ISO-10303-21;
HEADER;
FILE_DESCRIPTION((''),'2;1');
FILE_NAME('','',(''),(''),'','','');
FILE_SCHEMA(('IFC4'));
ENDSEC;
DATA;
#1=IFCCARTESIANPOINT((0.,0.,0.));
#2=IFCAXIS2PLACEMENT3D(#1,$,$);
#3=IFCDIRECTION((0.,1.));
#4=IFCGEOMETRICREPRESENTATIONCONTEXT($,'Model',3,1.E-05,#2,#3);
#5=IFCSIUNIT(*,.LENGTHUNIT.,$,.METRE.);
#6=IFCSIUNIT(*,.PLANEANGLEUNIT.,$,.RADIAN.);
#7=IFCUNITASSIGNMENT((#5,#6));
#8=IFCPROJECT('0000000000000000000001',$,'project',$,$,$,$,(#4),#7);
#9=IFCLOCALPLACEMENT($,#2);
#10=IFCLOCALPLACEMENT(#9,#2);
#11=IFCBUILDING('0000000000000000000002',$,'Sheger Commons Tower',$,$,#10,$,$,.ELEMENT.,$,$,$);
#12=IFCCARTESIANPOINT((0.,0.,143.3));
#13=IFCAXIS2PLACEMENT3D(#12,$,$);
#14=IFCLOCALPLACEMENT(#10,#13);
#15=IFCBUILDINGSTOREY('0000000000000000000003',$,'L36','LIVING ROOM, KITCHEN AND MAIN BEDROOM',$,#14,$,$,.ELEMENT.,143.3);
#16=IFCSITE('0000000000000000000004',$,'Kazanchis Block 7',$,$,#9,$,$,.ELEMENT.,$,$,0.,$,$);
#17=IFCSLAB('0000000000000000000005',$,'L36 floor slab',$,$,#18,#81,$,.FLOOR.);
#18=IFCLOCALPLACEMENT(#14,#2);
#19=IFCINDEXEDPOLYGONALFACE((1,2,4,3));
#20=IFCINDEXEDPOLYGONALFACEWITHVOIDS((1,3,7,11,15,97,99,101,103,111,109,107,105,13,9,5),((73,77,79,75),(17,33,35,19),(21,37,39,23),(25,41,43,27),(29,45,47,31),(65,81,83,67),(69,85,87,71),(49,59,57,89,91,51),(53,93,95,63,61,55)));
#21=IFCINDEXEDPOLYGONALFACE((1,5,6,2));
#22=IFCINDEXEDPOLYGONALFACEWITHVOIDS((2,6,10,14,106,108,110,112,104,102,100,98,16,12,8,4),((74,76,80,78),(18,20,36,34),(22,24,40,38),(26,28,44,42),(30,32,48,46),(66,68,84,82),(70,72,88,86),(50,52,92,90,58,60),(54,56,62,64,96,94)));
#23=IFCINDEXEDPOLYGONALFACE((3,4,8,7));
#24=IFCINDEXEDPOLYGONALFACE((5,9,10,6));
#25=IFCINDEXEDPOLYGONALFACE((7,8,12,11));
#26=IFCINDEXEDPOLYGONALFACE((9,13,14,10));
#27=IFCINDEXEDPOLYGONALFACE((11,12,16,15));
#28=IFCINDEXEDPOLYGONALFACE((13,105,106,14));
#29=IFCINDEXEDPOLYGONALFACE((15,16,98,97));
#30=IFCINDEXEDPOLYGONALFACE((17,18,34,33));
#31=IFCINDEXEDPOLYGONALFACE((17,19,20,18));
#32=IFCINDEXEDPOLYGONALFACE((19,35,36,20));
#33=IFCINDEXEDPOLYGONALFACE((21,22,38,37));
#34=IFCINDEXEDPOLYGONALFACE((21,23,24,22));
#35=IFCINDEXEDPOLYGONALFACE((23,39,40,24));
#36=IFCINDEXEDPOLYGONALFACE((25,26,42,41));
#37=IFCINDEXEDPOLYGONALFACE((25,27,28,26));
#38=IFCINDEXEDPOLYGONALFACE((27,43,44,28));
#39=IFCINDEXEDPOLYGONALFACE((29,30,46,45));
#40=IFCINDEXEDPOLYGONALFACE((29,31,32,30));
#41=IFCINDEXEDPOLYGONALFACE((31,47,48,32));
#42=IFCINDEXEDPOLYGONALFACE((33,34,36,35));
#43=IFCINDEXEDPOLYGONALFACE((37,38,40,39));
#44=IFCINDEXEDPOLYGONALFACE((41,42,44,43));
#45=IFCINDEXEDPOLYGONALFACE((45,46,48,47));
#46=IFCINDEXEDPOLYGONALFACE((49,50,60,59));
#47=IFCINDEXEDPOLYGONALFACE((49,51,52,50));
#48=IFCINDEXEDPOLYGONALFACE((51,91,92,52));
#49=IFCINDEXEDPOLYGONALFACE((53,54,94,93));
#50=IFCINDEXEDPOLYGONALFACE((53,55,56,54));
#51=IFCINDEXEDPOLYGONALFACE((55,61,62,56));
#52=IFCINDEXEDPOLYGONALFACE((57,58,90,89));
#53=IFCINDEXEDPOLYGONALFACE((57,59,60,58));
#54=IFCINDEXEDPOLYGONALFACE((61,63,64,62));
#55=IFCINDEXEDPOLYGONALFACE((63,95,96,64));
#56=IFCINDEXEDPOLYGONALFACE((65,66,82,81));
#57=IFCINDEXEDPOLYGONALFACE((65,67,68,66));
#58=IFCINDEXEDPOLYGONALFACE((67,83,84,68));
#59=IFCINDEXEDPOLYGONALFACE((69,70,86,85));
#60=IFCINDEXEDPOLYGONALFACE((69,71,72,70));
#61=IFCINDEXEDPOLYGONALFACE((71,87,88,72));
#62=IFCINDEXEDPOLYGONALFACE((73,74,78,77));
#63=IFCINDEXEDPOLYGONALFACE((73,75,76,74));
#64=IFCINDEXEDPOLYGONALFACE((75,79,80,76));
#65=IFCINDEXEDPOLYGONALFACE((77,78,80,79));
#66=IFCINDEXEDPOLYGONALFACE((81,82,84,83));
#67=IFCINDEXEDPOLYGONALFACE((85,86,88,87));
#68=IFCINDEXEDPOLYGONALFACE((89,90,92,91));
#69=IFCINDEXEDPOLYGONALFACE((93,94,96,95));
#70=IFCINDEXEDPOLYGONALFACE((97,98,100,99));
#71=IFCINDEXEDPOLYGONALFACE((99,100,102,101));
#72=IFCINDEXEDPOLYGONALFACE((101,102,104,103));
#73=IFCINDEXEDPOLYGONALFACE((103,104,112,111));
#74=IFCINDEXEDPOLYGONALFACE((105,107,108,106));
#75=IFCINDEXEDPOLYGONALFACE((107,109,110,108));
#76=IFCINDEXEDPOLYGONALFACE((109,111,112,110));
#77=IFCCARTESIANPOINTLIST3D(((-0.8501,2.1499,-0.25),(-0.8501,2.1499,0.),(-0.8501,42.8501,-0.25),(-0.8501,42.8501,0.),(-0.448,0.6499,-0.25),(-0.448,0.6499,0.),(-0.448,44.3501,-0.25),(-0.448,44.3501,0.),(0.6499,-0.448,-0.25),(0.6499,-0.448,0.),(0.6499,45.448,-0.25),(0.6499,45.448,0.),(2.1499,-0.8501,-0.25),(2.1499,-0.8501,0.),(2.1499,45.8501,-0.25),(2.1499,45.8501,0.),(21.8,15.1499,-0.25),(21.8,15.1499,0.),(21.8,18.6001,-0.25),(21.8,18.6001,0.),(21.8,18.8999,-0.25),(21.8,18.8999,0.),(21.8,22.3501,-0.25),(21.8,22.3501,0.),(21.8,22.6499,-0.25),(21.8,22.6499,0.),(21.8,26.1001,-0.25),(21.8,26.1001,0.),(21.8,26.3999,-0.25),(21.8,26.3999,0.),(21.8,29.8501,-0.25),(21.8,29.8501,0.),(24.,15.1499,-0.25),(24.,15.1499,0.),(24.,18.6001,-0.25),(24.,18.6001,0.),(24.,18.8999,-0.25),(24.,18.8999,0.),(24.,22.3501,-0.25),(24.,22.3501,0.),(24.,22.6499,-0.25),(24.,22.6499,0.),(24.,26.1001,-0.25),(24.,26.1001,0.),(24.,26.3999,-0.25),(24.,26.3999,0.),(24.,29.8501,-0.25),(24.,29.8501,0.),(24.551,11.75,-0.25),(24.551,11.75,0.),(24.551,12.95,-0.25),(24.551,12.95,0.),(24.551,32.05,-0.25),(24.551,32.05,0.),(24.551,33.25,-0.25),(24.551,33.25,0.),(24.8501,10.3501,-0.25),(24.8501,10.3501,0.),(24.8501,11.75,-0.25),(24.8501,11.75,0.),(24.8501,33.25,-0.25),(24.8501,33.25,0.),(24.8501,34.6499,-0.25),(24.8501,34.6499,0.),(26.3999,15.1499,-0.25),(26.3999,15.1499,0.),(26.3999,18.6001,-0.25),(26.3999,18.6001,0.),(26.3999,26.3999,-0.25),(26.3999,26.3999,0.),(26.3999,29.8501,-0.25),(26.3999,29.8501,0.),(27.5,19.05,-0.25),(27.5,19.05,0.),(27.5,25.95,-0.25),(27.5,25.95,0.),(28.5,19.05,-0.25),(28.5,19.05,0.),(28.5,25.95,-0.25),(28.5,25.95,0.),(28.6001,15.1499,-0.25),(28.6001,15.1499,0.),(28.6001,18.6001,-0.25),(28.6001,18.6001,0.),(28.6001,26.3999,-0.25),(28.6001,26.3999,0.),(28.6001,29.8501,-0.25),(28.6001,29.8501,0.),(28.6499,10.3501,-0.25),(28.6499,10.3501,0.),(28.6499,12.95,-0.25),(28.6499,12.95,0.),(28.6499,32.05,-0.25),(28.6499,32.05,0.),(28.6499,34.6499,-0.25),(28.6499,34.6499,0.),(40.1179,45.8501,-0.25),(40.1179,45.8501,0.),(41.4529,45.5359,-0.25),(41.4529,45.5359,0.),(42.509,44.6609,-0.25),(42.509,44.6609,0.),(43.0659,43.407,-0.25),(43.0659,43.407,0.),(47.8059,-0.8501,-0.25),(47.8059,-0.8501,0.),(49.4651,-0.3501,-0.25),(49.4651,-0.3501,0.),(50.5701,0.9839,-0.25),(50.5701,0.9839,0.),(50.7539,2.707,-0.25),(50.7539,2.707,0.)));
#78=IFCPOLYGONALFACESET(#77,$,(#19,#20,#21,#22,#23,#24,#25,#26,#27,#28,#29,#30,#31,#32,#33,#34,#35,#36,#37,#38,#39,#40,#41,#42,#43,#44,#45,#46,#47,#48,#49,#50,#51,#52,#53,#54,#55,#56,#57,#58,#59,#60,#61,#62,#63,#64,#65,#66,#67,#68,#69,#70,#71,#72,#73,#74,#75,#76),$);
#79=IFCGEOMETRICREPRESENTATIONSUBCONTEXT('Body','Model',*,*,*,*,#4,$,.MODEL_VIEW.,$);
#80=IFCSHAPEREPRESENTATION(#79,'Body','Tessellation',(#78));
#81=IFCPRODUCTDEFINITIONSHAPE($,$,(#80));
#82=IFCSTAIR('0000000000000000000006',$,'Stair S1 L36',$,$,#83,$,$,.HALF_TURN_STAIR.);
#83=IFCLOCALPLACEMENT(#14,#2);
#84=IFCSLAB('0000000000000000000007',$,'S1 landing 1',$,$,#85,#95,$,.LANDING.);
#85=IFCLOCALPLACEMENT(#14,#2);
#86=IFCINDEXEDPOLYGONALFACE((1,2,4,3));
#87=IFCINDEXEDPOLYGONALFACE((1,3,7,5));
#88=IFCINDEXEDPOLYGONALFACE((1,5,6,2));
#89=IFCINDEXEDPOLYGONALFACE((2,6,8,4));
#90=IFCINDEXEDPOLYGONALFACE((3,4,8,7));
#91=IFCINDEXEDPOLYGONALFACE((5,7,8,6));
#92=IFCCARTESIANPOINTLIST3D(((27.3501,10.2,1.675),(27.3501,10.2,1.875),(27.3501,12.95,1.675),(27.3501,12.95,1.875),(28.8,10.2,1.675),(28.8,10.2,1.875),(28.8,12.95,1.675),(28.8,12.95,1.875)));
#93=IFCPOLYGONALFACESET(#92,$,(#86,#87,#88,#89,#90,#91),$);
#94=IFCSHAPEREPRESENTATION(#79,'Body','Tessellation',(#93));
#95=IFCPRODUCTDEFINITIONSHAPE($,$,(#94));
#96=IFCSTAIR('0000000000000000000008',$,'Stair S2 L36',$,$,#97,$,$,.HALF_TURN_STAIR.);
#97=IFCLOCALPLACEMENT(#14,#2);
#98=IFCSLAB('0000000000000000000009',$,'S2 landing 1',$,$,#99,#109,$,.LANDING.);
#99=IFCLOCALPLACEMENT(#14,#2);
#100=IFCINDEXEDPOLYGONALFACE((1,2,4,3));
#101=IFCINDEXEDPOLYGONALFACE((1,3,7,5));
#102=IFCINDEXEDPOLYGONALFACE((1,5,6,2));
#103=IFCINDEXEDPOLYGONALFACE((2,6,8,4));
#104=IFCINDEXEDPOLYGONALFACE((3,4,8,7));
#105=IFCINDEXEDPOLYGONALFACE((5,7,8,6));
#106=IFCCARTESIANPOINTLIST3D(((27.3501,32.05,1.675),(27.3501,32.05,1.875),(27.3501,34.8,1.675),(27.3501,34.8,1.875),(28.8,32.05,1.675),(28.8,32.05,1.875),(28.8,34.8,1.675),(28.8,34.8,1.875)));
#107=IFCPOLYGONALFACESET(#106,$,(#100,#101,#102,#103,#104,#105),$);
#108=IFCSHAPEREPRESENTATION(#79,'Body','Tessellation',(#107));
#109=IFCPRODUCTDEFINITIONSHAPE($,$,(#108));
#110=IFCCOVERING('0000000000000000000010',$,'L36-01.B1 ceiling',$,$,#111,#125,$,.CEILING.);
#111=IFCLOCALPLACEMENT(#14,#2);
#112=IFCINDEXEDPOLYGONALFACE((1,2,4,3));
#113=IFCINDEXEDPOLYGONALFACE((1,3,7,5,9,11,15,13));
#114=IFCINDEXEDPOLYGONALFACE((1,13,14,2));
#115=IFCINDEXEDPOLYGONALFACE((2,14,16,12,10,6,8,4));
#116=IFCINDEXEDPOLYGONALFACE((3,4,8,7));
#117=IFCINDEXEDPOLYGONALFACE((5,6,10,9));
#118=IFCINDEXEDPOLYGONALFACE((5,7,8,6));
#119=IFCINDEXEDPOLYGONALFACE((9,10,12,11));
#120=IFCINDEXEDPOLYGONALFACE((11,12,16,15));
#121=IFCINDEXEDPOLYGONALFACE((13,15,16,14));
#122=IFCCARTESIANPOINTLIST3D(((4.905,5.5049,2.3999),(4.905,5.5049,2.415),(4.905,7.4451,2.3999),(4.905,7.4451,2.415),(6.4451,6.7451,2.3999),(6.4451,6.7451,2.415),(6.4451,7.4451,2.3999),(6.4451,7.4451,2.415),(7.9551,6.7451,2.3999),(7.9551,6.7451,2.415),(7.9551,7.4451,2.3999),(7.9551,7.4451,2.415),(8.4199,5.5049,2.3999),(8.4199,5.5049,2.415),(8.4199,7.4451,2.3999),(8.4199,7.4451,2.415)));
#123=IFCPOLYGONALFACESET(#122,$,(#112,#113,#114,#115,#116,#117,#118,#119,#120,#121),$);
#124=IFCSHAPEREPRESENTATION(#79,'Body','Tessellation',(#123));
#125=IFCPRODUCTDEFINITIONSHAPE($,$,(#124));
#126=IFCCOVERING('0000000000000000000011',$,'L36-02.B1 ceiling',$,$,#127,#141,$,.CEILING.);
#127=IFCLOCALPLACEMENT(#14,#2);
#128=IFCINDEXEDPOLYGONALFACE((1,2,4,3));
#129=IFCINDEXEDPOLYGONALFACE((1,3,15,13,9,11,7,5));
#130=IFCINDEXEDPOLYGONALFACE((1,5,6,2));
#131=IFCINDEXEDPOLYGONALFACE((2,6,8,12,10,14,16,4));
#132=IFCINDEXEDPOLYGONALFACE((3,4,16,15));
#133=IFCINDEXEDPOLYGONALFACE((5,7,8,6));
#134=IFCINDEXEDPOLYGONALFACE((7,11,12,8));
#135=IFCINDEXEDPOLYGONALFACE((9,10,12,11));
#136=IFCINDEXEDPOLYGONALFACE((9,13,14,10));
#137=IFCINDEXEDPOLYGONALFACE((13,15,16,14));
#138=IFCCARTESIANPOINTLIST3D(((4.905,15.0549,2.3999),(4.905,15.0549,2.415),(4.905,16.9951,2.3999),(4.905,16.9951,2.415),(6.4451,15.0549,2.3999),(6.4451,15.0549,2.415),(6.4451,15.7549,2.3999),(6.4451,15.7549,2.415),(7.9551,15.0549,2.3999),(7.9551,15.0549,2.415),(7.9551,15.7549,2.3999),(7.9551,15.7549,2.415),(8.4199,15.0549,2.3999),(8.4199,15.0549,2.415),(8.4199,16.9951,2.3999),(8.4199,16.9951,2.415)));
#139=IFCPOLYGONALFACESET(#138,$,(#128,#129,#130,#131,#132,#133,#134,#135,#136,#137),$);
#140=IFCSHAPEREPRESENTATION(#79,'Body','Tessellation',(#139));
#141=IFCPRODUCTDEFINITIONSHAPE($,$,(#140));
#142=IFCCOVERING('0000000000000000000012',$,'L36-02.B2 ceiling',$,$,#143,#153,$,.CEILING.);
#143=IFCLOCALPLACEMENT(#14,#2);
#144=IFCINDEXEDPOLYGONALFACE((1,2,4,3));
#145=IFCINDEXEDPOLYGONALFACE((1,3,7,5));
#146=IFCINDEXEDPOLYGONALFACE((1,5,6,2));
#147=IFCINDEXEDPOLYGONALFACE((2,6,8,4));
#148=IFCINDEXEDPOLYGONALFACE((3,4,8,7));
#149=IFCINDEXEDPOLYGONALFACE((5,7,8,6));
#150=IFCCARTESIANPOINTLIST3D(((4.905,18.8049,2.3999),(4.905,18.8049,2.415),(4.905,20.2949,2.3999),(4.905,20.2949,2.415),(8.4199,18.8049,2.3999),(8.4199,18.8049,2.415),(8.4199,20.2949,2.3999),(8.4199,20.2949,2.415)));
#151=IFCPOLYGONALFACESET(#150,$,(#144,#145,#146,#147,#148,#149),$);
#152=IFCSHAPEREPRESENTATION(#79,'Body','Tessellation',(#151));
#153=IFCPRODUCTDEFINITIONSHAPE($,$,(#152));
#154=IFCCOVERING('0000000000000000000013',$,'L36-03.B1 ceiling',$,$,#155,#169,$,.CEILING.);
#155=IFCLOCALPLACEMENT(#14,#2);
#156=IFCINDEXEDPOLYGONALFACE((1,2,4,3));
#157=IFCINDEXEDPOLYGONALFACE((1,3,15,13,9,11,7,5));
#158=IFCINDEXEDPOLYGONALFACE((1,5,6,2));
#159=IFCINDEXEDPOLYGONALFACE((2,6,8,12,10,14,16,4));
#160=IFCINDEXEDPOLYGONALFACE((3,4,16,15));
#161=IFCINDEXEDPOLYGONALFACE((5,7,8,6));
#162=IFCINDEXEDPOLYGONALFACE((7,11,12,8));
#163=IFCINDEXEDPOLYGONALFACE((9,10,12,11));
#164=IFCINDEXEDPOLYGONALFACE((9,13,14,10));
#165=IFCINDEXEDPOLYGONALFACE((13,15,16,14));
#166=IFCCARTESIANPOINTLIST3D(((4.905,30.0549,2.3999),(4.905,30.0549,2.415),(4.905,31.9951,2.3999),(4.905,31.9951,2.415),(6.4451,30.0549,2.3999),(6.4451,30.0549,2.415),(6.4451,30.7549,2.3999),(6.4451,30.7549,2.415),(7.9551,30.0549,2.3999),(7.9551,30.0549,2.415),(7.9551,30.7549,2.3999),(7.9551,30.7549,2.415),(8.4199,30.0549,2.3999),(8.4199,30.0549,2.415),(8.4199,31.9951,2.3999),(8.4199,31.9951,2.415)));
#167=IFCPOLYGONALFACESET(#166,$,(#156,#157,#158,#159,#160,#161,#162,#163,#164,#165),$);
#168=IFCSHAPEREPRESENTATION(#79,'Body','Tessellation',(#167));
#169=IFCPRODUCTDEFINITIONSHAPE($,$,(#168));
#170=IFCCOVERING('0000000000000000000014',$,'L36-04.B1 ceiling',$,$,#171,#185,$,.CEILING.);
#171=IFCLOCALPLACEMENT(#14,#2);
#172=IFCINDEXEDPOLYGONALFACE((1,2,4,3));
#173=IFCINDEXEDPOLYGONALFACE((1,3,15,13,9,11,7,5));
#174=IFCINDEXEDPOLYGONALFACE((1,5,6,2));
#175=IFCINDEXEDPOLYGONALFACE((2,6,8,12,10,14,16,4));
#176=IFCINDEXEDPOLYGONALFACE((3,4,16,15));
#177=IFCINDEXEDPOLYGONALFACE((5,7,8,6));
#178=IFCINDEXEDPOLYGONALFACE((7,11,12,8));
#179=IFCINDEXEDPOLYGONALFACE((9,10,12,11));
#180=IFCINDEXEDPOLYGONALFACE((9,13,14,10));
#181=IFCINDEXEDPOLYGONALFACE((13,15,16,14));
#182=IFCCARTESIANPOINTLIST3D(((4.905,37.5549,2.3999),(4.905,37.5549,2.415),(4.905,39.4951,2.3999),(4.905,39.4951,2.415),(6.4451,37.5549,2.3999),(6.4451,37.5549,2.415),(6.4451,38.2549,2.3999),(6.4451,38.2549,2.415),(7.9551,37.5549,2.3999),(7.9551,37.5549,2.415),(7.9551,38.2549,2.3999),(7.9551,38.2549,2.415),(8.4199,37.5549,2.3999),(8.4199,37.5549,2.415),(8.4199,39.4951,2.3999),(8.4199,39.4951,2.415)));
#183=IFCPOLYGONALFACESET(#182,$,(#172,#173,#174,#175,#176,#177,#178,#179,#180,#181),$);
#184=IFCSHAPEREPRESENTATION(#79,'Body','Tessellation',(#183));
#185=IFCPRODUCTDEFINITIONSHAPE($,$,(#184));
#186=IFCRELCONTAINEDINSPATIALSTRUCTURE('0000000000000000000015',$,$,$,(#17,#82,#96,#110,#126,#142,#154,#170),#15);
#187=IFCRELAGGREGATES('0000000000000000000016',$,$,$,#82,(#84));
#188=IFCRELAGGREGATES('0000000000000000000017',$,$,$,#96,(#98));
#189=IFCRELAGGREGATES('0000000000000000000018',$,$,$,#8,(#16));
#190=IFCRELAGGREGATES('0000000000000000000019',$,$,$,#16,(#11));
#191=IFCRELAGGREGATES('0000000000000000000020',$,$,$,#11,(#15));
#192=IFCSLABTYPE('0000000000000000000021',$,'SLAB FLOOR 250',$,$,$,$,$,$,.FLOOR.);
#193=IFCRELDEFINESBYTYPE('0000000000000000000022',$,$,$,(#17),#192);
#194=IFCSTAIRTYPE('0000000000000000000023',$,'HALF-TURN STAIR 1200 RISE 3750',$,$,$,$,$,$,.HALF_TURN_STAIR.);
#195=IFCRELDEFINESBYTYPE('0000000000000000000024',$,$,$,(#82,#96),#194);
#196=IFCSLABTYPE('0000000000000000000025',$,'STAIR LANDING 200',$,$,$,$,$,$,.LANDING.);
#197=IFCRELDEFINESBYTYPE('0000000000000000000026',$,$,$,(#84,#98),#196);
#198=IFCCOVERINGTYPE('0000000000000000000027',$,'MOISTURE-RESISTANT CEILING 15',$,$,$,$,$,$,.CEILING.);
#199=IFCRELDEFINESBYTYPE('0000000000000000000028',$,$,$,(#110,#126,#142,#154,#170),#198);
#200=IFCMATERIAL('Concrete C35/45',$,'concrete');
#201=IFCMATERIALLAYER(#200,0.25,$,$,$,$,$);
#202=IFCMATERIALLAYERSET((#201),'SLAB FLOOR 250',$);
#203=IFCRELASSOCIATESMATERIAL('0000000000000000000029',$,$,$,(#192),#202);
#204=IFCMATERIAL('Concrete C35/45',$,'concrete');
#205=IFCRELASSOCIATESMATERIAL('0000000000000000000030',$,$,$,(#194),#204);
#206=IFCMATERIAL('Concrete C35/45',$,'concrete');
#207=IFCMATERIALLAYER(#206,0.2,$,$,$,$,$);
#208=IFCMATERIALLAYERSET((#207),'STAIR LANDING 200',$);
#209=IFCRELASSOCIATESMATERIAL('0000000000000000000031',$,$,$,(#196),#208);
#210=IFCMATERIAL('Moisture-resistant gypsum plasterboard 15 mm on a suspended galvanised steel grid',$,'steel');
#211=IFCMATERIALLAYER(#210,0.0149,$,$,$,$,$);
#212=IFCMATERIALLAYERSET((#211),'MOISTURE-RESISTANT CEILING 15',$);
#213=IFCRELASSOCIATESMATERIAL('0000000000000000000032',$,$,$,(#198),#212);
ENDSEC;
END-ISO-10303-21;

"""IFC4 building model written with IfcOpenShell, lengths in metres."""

from ifc_helpers import new_model, si_unit, direction, frame, origin, place, context, subcontext, project, spatial, polyline, outline, extrude, material, layer, layer_set, type_object, element, aggregate, save


model = new_model("IFC4")

# Units and contexts
model_context = context("Model", 3, precision=1e-05, world=origin(), true_north=direction((0.0, 1.0)))
body_context = subcontext(model_context, "Body", "Model", "MODEL_VIEW")
ifc_project = project(units=[si_unit("LENGTHUNIT", "METRE"), si_unit("PLANEANGLEUNIT", "RADIAN")], contexts=[model_context])

# Site, building, storey
site_placement = place(None, origin())
site = spatial("IfcSite", under=ifc_project, at=site_placement, Name="Kazanchis Block 7", CompositionType="ELEMENT", RefElevation=0.0)
building_placement = place(site_placement, origin())
building = spatial("IfcBuilding", under=site, at=building_placement, Name="Sheger Commons Tower", CompositionType="ELEMENT")
storey_placement = place(building_placement, frame((0.0, 0.0, 143.3)))
storey = spatial("IfcBuildingStorey", under=building, at=storey_placement, Name="L36", Description="LIVING ROOM, KITCHEN AND MAIN BEDROOM", CompositionType="ELEMENT", Elevation=143.3)

# Slab
ifc_material_1 = material(Name="Concrete C35/45", Category="concrete")
ifc_layer_1 = layer(ifc_material_1, 0.25)
ifc_layer_set_1 = layer_set([ifc_layer_1], Name="SLAB FLOOR 250")
slab_type_1 = type_object("IfcSlabType", Name="SLAB FLOOR 250", PredefinedType="FLOOR", material=ifc_layer_set_1)
slab_1_placement = place(storey_placement, frame((0.0, 0.0, -0.25)))
element("IfcSlab", 1, at=slab_1_placement, inside=storey, type_object=slab_type_1, Name="L36 floor slab", PredefinedType="FLOOR", context=body_context, shape_type="SweptSolid", body=[
    extrude(outline(polyline([(-0.8501, 2.1499), (-0.448, 0.6499), (0.6499, -0.448), (2.1499, -0.8501), (47.8059, -0.8501), (49.4651, -0.3501), (50.5701, 0.9839), (50.7539, 2.707), (43.0659, 43.407), (42.509, 44.6609), (41.4529, 45.5359), (40.1179, 45.8501), (2.1499, 45.8501), (0.6499, 45.448), (-0.448, 44.3501), (-0.8501, 42.8501), (-0.8501, 2.1499)]), holes=[polyline([(24.8501, 10.3501), (28.6499, 10.3501), (28.6499, 12.95), (24.551, 12.95), (24.551, 11.75), (24.8501, 11.75), (24.8501, 10.3501)]), polyline([(24.551, 32.05), (28.6499, 32.05), (28.6499, 34.6499), (24.8501, 34.6499), (24.8501, 33.25), (24.551, 33.25), (24.551, 32.05)]), polyline([(26.3999, 15.1499), (28.6001, 15.1499), (28.6001, 18.6001), (26.3999, 18.6001), (26.3999, 15.1499)]), polyline([(26.3999, 26.3999), (28.6001, 26.3999), (28.6001, 29.8501), (26.3999, 29.8501), (26.3999, 26.3999)]), polyline([(21.8, 15.1499), (24.0, 15.1499), (24.0, 18.6001), (21.8, 18.6001), (21.8, 15.1499)]), polyline([(21.8, 18.8999), (24.0, 18.8999), (24.0, 22.3501), (21.8, 22.3501), (21.8, 18.8999)]), polyline([(21.8, 22.6499), (24.0, 22.6499), (24.0, 26.1001), (21.8, 26.1001), (21.8, 22.6499)]), polyline([(21.8, 26.3999), (24.0, 26.3999), (24.0, 29.8501), (21.8, 29.8501), (21.8, 26.3999)]), polyline([(27.5, 19.05), (28.5, 19.05), (28.5, 25.95), (27.5, 25.95), (27.5, 19.05)])]), origin(), (0.0, 0.0, 1.0), 0.25),
])

# Stairs, slabs
ifc_material_2 = material(Name="Concrete C35/45", Category="concrete")
stair_type = type_object("IfcStairType", Name="HALF-TURN STAIR 1200 RISE 3750", PredefinedType="HALF_TURN_STAIR", material=ifc_material_2)
stair_1_placement = place(storey_placement, origin())
stair_1 = element("IfcStair", 2, at=stair_1_placement, inside=storey, type_object=stair_type, Name="Stair S1 L36", PredefinedType="HALF_TURN_STAIR")
ifc_material_3 = material(Name="Concrete C35/45", Category="concrete")
ifc_layer_2 = layer(ifc_material_3, 0.2)
ifc_layer_set_2 = layer_set([ifc_layer_2], Name="STAIR LANDING 200")
slab_type_2 = type_object("IfcSlabType", Name="STAIR LANDING 200", PredefinedType="LANDING", material=ifc_layer_set_2)
slab_2_placement = place(storey_placement, frame((0.0, 0.0, 1.675)))
slab_2 = element("IfcSlab", 3, at=slab_2_placement, type_object=slab_type_2, Name="S1 landing 1", PredefinedType="LANDING", context=body_context, shape_type="SweptSolid", body=[
    extrude(outline(polyline([(27.3501, 10.2), (28.8, 10.2), (28.8, 12.95), (27.3501, 12.95), (27.3501, 10.2)])), origin(), (0.0, 0.0, 1.0), 0.2),
])
aggregate(stair_1, [slab_2])
stair_2_placement = place(storey_placement, origin())
stair_2 = element("IfcStair", 4, at=stair_2_placement, inside=storey, type_object=stair_type, Name="Stair S2 L36", PredefinedType="HALF_TURN_STAIR")
slab_3_placement = place(storey_placement, frame((0.0, 0.0, 1.675)))
slab_3 = element("IfcSlab", 5, at=slab_3_placement, type_object=slab_type_2, Name="S2 landing 1", PredefinedType="LANDING", context=body_context, shape_type="SweptSolid", body=[
    extrude(outline(polyline([(27.3501, 32.05), (28.8, 32.05), (28.8, 34.8), (27.3501, 34.8), (27.3501, 32.05)])), origin(), (0.0, 0.0, 1.0), 0.2),
])
aggregate(stair_2, [slab_3])

# Coverings
ifc_material_4 = material(Name="Moisture-resistant gypsum plasterboard 15 mm on a suspended galvanised steel grid", Category="steel")
ifc_layer_3 = layer(ifc_material_4, 0.0149)
ifc_layer_set_3 = layer_set([ifc_layer_3], Name="MOISTURE-RESISTANT CEILING 15")
covering_type_1 = type_object("IfcCoveringType", Name="MOISTURE-RESISTANT CEILING 15", PredefinedType="CEILING", material=ifc_layer_set_3)
covering_1_placement = place(storey_placement, frame((0.0, 0.0, 2.3999)))
element("IfcCovering", 6, at=covering_1_placement, inside=storey, type_object=covering_type_1, Name="L36-01.B1 ceiling", PredefinedType="CEILING", context=body_context, shape_type="SweptSolid", body=[
    extrude(outline(polyline([(4.905, 5.5049), (8.4199, 5.5049), (8.4199, 7.4451), (7.9551, 7.4451), (7.9551, 6.7451), (6.4451, 6.7451), (6.4451, 7.4451), (4.905, 7.4451), (4.905, 5.5049)])), origin(), (0.0, 0.0, 1.0), 0.0151),
])
covering_2_placement = place(storey_placement, frame((0.0, 0.0, 2.3999)))
element("IfcCovering", 7, at=covering_2_placement, inside=storey, type_object=covering_type_1, Name="L36-02.B1 ceiling", PredefinedType="CEILING", context=body_context, shape_type="SweptSolid", body=[
    extrude(outline(polyline([(4.905, 15.0549), (6.4451, 15.0549), (6.4451, 15.7549), (7.9551, 15.7549), (7.9551, 15.0549), (8.4199, 15.0549), (8.4199, 16.9951), (4.905, 16.9951), (4.905, 15.0549)])), origin(), (0.0, 0.0, 1.0), 0.0151),
])
covering_3_placement = place(storey_placement, frame((0.0, 0.0, 2.3999)))
element("IfcCovering", 8, at=covering_3_placement, inside=storey, type_object=covering_type_1, Name="L36-02.B2 ceiling", PredefinedType="CEILING", context=body_context, shape_type="SweptSolid", body=[
    extrude(outline(polyline([(4.905, 18.8049), (8.4199, 18.8049), (8.4199, 20.2949), (4.905, 20.2949), (4.905, 18.8049)])), origin(), (0.0, 0.0, 1.0), 0.0151),
])
covering_4_placement = place(storey_placement, frame((0.0, 0.0, 2.3999)))
element("IfcCovering", 9, at=covering_4_placement, inside=storey, type_object=covering_type_1, Name="L36-03.B1 ceiling", PredefinedType="CEILING", context=body_context, shape_type="SweptSolid", body=[
    extrude(outline(polyline([(4.905, 30.0549), (6.4451, 30.0549), (6.4451, 30.7549), (7.9551, 30.7549), (7.9551, 30.0549), (8.4199, 30.0549), (8.4199, 31.9951), (4.905, 31.9951), (4.905, 30.0549)])), origin(), (0.0, 0.0, 1.0), 0.0151),
])
covering_5_placement = place(storey_placement, frame((0.0, 0.0, 2.3999)))
element("IfcCovering", 10, at=covering_5_placement, inside=storey, type_object=covering_type_1, Name="L36-04.B1 ceiling", PredefinedType="CEILING", context=body_context, shape_type="SweptSolid", body=[
    extrude(outline(polyline([(4.905, 37.5549), (6.4451, 37.5549), (6.4451, 38.2549), (7.9551, 38.2549), (7.9551, 37.5549), (8.4199, 37.5549), (8.4199, 39.4951), (4.905, 39.4951), (4.905, 37.5549)])), origin(), (0.0, 0.0, 1.0), 0.0151),
])

save(model, "model.ifc")
